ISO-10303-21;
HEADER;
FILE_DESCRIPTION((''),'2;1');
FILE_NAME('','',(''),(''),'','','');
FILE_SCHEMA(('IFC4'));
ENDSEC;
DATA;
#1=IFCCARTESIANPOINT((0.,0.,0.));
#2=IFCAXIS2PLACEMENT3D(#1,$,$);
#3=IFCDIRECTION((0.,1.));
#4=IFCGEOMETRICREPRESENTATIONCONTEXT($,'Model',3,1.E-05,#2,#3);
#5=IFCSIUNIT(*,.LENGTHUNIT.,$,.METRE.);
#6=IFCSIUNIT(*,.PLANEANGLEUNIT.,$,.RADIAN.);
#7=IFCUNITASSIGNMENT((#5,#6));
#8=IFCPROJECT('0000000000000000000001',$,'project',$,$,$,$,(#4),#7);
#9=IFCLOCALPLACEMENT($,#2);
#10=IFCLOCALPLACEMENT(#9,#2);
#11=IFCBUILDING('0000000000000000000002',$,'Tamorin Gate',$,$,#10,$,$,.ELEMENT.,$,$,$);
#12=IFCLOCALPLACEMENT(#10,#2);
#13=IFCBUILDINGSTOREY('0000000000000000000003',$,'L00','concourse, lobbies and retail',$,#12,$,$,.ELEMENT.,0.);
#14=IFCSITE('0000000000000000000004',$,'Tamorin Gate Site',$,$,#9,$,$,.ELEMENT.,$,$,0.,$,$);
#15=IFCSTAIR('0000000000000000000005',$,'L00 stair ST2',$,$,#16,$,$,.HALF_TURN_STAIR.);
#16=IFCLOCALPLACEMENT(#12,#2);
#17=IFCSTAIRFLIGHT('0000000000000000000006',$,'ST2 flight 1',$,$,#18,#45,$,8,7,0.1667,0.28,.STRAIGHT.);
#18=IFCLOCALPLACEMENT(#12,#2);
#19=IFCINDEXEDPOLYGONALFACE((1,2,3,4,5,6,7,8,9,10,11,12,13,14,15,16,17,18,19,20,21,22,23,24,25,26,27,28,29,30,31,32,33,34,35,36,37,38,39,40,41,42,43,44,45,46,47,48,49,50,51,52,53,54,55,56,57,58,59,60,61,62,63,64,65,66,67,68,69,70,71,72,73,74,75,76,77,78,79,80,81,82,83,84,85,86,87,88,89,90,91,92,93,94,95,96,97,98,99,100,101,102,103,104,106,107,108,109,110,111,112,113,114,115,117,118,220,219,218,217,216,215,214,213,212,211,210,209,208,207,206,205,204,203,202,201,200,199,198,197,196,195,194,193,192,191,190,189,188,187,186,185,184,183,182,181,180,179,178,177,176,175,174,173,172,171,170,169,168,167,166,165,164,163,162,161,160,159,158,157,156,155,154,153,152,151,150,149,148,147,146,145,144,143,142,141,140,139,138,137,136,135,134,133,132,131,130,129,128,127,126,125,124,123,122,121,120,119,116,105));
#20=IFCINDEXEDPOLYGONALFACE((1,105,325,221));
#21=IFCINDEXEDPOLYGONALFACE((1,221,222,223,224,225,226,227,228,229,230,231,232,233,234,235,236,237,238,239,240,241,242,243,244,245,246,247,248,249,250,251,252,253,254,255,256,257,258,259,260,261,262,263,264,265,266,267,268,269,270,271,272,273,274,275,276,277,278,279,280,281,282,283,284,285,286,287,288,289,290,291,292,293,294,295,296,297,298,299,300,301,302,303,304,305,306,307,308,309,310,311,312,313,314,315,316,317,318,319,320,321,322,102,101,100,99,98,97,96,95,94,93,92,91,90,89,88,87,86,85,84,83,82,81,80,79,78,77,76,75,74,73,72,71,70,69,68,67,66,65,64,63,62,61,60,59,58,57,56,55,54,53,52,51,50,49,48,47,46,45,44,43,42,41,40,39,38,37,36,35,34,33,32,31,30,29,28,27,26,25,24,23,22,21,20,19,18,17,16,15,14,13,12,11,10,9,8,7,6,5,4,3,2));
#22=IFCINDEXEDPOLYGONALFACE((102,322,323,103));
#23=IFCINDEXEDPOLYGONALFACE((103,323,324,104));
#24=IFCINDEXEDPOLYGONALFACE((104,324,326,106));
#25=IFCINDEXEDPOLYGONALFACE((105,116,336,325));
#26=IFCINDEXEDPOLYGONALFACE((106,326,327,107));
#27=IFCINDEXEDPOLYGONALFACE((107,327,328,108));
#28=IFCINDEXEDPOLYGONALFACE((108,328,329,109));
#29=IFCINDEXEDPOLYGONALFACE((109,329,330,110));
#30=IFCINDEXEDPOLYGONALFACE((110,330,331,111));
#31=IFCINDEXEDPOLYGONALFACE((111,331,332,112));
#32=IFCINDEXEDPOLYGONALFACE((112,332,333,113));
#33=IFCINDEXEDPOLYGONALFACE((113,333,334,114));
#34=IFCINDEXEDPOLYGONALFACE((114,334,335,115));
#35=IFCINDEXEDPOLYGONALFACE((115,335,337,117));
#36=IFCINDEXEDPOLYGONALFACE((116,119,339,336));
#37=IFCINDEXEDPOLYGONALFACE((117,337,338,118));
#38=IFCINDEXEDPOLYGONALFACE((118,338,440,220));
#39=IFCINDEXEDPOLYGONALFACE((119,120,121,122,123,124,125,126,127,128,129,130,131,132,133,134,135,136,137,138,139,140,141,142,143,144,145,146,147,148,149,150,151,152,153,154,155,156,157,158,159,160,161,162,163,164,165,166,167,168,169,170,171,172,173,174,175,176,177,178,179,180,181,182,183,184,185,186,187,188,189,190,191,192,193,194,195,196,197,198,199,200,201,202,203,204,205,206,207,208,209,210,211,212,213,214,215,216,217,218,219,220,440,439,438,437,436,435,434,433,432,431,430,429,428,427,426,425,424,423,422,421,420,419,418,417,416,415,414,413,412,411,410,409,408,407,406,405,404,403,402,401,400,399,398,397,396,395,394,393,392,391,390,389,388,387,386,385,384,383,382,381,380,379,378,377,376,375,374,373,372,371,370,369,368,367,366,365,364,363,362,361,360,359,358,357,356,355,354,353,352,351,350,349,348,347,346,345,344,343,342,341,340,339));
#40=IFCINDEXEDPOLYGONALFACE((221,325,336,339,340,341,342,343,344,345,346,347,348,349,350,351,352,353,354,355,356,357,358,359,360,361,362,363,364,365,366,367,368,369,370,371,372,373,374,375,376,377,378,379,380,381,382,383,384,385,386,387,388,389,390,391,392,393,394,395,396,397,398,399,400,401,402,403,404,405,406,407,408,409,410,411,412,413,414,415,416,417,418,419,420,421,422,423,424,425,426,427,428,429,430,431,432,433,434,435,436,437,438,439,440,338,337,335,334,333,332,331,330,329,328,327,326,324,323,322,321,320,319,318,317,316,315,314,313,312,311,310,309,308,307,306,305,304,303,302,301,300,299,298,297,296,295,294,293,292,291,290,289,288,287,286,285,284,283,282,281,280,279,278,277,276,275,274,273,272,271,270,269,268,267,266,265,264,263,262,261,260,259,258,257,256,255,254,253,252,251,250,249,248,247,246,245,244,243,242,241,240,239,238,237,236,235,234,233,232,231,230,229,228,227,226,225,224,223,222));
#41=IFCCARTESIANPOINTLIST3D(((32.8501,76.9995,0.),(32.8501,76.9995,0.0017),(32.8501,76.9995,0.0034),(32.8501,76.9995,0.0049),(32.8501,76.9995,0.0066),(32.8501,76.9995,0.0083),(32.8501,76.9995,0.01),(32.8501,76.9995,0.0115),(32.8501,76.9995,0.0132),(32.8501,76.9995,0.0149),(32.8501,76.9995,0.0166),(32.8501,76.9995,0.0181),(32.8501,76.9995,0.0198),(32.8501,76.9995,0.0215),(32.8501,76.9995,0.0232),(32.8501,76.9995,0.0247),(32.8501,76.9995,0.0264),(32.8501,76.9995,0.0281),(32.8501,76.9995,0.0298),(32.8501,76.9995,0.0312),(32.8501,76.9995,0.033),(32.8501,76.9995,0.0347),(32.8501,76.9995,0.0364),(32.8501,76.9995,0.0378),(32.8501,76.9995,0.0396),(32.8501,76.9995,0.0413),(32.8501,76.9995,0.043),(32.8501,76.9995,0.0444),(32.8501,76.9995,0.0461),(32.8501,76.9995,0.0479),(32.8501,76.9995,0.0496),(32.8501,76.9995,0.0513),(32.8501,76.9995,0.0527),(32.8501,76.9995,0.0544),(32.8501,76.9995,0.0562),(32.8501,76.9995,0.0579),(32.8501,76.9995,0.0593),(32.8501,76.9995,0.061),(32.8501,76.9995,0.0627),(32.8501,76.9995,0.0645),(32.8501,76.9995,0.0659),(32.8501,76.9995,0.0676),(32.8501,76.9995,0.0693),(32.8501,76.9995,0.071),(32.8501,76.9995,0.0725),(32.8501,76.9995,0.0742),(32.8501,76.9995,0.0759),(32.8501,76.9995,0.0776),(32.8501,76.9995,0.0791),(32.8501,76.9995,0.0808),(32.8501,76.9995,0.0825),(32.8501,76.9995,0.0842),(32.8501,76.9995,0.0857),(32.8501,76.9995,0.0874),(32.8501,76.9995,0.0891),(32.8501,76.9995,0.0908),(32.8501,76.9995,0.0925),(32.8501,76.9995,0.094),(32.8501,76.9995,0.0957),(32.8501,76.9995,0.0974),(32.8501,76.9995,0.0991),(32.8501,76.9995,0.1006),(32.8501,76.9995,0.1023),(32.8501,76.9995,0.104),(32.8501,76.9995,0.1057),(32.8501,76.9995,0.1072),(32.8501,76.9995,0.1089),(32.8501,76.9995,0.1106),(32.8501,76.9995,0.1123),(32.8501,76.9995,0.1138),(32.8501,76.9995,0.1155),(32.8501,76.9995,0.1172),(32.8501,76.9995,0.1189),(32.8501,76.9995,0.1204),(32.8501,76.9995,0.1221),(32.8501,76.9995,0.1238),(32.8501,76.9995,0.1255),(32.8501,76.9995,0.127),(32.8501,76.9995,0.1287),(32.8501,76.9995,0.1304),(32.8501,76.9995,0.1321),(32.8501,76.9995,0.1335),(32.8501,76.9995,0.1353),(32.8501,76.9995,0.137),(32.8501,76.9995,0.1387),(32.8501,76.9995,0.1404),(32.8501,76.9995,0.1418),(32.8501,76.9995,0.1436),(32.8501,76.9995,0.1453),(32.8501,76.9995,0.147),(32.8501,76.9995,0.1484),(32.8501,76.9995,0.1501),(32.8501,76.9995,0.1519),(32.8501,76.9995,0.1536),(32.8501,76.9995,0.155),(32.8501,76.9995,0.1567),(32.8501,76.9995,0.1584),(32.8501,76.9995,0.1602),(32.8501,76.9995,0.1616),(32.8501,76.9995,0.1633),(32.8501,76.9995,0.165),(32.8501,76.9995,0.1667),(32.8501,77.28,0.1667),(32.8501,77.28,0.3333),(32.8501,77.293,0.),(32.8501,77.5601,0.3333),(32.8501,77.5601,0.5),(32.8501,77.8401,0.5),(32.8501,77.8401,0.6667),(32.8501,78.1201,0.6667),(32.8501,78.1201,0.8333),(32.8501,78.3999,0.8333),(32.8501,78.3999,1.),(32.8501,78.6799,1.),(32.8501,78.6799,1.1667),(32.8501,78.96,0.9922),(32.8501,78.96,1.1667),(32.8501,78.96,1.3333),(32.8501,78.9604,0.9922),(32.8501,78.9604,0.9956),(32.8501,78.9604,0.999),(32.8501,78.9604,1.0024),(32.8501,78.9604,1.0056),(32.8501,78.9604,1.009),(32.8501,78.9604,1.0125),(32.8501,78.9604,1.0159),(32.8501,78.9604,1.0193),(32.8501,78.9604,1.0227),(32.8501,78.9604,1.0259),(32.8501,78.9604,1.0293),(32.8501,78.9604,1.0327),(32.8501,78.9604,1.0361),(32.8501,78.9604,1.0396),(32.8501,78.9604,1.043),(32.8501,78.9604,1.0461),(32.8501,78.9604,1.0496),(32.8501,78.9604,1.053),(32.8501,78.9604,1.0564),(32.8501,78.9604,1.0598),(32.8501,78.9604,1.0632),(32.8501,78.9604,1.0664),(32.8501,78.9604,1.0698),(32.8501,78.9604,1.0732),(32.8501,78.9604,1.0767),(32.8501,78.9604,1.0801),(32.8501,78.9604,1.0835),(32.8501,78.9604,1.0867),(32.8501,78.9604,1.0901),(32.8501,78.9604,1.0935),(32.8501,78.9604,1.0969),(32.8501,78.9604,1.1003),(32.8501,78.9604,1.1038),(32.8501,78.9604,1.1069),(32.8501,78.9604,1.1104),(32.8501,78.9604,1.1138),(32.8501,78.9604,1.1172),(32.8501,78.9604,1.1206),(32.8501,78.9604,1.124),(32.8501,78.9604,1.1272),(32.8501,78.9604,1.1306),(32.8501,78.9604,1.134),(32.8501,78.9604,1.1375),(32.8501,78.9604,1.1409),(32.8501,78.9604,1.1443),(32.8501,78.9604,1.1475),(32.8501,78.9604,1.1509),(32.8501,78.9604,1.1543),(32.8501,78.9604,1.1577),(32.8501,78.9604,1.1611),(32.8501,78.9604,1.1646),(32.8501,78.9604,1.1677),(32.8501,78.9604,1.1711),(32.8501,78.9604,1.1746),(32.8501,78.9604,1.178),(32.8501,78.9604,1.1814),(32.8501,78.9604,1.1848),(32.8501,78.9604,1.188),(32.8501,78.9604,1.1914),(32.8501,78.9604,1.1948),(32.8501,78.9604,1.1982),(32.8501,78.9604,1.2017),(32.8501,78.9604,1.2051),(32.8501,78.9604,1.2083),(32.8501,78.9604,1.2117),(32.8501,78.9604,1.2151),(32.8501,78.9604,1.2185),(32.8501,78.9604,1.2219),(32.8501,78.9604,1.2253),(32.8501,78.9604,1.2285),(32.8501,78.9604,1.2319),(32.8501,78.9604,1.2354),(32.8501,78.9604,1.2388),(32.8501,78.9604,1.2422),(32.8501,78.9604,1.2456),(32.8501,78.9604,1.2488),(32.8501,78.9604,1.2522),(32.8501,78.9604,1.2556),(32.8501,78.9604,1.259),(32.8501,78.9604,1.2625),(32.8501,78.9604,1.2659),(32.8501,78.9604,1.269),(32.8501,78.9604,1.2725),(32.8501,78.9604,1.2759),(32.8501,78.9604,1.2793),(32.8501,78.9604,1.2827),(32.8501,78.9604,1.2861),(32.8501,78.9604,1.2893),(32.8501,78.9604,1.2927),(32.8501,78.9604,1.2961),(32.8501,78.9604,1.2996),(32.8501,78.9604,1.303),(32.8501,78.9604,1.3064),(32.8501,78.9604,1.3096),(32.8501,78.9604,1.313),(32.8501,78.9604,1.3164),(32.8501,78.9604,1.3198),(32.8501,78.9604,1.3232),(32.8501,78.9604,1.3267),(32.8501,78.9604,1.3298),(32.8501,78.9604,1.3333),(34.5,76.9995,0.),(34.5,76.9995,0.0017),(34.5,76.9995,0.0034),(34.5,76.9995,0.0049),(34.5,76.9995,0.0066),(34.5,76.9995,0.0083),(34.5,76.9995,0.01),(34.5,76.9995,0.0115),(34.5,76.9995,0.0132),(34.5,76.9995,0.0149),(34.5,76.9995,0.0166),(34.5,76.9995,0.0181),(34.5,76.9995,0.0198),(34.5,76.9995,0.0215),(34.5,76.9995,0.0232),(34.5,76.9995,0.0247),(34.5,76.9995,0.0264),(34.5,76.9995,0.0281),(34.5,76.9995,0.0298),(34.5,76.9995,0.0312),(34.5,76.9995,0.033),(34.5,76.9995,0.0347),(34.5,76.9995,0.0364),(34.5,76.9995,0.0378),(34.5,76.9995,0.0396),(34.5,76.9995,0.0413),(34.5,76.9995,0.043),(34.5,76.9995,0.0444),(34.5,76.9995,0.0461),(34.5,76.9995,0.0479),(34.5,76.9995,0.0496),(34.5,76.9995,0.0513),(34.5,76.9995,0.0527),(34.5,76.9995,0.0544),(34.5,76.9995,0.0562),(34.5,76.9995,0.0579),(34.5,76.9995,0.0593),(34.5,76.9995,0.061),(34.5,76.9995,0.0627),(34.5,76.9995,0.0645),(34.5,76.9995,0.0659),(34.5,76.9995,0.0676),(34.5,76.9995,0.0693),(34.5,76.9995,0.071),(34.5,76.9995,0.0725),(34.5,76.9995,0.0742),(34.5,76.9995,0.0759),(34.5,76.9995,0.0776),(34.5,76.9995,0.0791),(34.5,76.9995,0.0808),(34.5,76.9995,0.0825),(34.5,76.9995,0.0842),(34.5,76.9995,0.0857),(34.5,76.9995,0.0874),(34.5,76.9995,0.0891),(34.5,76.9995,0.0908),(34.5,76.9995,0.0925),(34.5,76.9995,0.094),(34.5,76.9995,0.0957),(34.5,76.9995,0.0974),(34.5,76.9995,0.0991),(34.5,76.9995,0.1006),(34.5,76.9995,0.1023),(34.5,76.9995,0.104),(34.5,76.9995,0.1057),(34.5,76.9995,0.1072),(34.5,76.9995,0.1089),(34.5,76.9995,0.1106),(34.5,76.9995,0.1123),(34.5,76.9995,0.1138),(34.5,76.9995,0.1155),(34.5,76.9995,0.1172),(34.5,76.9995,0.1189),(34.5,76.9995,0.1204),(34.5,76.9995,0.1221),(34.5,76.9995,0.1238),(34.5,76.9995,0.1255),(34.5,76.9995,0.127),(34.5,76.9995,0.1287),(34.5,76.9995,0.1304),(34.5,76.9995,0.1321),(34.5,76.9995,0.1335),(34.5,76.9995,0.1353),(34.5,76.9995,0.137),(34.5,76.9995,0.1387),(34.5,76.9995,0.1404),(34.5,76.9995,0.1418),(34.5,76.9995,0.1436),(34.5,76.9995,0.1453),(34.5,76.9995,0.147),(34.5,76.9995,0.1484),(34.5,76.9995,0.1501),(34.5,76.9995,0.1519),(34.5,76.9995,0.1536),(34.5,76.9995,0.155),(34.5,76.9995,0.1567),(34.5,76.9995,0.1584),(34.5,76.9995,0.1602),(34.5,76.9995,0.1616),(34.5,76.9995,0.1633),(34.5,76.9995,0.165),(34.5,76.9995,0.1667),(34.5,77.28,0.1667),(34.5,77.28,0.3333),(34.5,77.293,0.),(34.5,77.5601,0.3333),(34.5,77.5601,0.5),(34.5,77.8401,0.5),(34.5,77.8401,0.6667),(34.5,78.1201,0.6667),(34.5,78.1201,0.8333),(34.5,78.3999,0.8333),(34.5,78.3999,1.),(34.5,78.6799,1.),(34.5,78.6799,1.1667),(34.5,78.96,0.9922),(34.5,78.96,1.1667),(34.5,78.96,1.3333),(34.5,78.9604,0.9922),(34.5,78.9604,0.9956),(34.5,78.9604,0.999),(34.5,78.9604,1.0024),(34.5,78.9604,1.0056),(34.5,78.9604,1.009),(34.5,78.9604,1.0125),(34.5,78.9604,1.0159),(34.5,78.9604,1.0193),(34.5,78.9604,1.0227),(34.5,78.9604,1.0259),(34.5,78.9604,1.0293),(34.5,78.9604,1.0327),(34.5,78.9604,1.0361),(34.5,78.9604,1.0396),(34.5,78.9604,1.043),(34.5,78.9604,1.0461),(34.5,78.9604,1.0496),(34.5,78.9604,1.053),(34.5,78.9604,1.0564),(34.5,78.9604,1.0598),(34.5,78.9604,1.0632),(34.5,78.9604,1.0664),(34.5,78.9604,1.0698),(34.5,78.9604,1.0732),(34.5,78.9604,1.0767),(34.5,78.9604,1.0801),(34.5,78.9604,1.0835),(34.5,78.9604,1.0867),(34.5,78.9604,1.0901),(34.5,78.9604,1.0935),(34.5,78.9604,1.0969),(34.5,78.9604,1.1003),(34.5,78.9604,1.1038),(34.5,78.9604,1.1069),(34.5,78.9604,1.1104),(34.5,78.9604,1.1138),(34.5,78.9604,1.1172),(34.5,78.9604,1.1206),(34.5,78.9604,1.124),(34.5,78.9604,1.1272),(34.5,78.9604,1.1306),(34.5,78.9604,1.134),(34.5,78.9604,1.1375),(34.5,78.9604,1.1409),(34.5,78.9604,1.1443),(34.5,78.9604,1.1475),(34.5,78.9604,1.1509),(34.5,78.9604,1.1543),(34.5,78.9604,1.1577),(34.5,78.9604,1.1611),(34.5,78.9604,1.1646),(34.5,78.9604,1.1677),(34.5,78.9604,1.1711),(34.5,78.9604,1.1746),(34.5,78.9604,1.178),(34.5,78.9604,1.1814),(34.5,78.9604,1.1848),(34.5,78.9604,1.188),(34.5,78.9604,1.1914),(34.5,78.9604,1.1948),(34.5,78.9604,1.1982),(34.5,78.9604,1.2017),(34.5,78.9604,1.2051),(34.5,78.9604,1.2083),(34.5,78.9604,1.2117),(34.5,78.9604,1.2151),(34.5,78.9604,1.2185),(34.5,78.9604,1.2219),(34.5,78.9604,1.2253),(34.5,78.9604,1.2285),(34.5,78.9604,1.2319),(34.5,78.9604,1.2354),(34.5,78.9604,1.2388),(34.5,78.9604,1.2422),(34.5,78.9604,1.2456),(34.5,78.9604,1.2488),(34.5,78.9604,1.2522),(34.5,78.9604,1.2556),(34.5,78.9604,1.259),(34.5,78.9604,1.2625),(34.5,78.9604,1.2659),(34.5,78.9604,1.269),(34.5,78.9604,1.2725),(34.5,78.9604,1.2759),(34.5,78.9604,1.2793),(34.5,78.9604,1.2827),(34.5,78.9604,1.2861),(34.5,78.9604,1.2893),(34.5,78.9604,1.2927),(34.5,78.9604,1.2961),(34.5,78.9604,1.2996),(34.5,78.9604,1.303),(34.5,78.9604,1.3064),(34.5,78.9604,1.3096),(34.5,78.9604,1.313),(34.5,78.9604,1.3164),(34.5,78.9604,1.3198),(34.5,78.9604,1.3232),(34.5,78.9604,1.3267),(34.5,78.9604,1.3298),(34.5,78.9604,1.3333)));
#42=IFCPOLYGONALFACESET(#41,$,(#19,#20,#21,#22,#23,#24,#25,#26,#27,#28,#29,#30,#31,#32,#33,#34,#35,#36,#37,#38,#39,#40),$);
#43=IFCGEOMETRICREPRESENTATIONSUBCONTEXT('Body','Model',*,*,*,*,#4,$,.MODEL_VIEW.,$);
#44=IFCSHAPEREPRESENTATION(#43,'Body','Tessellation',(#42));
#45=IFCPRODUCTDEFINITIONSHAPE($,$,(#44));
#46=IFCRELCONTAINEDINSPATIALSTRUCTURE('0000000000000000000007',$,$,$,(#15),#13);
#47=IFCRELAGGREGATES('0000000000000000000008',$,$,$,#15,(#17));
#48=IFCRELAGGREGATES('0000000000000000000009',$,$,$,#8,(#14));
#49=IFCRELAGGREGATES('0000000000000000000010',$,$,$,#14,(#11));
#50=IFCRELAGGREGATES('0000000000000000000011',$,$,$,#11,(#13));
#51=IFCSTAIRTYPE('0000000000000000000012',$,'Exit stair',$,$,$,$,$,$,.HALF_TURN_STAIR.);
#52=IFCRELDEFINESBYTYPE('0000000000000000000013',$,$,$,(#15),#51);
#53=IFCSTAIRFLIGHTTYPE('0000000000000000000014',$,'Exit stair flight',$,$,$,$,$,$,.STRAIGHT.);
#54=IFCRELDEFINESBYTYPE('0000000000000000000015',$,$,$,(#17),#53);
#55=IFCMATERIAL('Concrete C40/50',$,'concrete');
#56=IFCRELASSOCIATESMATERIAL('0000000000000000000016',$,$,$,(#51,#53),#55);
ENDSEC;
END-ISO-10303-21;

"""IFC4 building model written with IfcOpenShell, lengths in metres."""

from ifc_helpers import new_model, si_unit, direction, frame, origin, place, context, subcontext, project, spatial, polyline, outline, extrude, material, type_object, element, aggregate, save


model = new_model("IFC4")

# Units and contexts
model_context = context("Model", 3, precision=1e-05, world=origin(), true_north=direction((0.0, 1.0)))
body_context = subcontext(model_context, "Body", "Model", "MODEL_VIEW")
ifc_project = project(units=[si_unit("LENGTHUNIT", "METRE"), si_unit("PLANEANGLEUNIT", "RADIAN")], contexts=[model_context])

# Site, building, storey
site_placement = place(None, origin())
site = spatial("IfcSite", under=ifc_project, at=site_placement, Name="Tamorin Gate Site", CompositionType="ELEMENT", RefElevation=0.0)
building_placement = place(site_placement, origin())
building = spatial("IfcBuilding", under=site, at=building_placement, Name="Tamorin Gate", CompositionType="ELEMENT")
storey_placement = place(building_placement, origin())
storey = spatial("IfcBuildingStorey", under=building, at=storey_placement, Name="L00", Description="concourse, lobbies and retail", CompositionType="ELEMENT", Elevation=0.0)

# Shared definitions
ifc_material_1 = material(Name="Concrete C40/50", Category="concrete")

# Stair, stair flight
stair_type = type_object("IfcStairType", Name="Exit stair", PredefinedType="HALF_TURN_STAIR", material=ifc_material_1)
stair_placement = place(storey_placement, origin())
stair = element("IfcStair", 1, at=stair_placement, inside=storey, type_object=stair_type, Name="L00 stair ST2", PredefinedType="HALF_TURN_STAIR")
stair_flight_type = type_object("IfcStairFlightType", Name="Exit stair flight", PredefinedType="STRAIGHT", material=ifc_material_1)
stair_flight_1_placement = place(storey_placement, frame((33.675, 77.0, 0.0), z_axis=(0.0, 0.0, 1.0), x_axis=(0.0, 1.0, 0.0)))
stair_flight_1 = element("IfcStairFlight", 2, at=stair_flight_1_placement, type_object=stair_flight_type, Name="ST2 flight 1", NumberOfRisers=8, NumberOfTreads=7, PredefinedType="STRAIGHT", RiserHeight=0.1667, TreadLength=0.28, context=body_context, shape_type="SweptSolid", body=[
    extrude(outline(polyline([(-0.0005, 0.0), (-0.0005, 0.0017), (-0.0005, 0.0034), (-0.0005, 0.0049), (-0.0005, 0.0066), (-0.0005, 0.0083), (-0.0005, 0.01), (-0.0005, 0.0115), (-0.0005, 0.0132), (-0.0005, 0.0149), (-0.0005, 0.0166), (-0.0005, 0.0181), (-0.0005, 0.0198), (-0.0005, 0.0215), (-0.0005, 0.0232), (-0.0005, 0.0247), (-0.0005, 0.0264), (-0.0005, 0.0281), (-0.0005, 0.0298), (-0.0005, 0.0312), (-0.0005, 0.033), (-0.0005, 0.0347), (-0.0005, 0.0364), (-0.0005, 0.0378), (-0.0005, 0.0396), (-0.0005, 0.0413), (-0.0005, 0.043), (-0.0005, 0.0444), (-0.0005, 0.0461), (-0.0005, 0.0479), (-0.0005, 0.0496), (-0.0005, 0.0513), (-0.0005, 0.0527), (-0.0005, 0.0544), (-0.0005, 0.0562), (-0.0005, 0.0579), (-0.0005, 0.0593), (-0.0005, 0.061), (-0.0005, 0.0627), (-0.0005, 0.0645), (-0.0005, 0.0659), (-0.0005, 0.0676), (-0.0005, 0.0693), (-0.0005, 0.071), (-0.0005, 0.0725), (-0.0005, 0.0742), (-0.0005, 0.0759), (-0.0005, 0.0776), (-0.0005, 0.0791), (-0.0005, 0.0808), (-0.0005, 0.0825), (-0.0005, 0.0842), (-0.0005, 0.0857), (-0.0005, 0.0874), (-0.0005, 0.0891), (-0.0005, 0.0908), (-0.0005, 0.0925), (-0.0005, 0.094), (-0.0005, 0.0957), (-0.0005, 0.0974), (-0.0005, 0.0991), (-0.0005, 0.1006), (-0.0005, 0.1023), (-0.0005, 0.104), (-0.0005, 0.1057), (-0.0005, 0.1072), (-0.0005, 0.1089), (-0.0005, 0.1106), (-0.0005, 0.1123), (-0.0005, 0.1138), (-0.0005, 0.1155), (-0.0005, 0.1172), (-0.0005, 0.1189), (-0.0005, 0.1204), (-0.0005, 0.1221), (-0.0005, 0.1238), (-0.0005, 0.1255), (-0.0005, 0.127), (-0.0005, 0.1287), (-0.0005, 0.1304), (-0.0005, 0.1321), (-0.0005, 0.1335), (-0.0005, 0.1353), (-0.0005, 0.137), (-0.0005, 0.1387), (-0.0005, 0.1404), (-0.0005, 0.1418), (-0.0005, 0.1436), (-0.0005, 0.1453), (-0.0005, 0.147), (-0.0005, 0.1484), (-0.0005, 0.1501), (-0.0005, 0.1519), (-0.0005, 0.1536), (-0.0005, 0.155), (-0.0005, 0.1567), (-0.0005, 0.1584), (-0.0005, 0.1602), (-0.0005, 0.1616), (-0.0005, 0.1633), (-0.0005, 0.165), (-0.0005, 0.1667), (0.28, 0.1667), (0.28, 0.3333), (0.5601, 0.3333), (0.5601, 0.5), (0.8401, 0.5), (0.8401, 0.6667), (1.1201, 0.6667), (1.1201, 0.8333), (1.3999, 0.8333), (1.3999, 1.0), (1.6799, 1.0), (1.6799, 1.1667), (1.96, 1.1667), (1.96, 1.3333), (1.9604, 1.3333), (1.9604, 1.3298), (1.9604, 1.3267), (1.9604, 1.3232), (1.9604, 1.3198), (1.9604, 1.3164), (1.9604, 1.313), (1.9604, 1.3096), (1.9604, 1.3064), (1.9604, 1.303), (1.9604, 1.2996), (1.9604, 1.2961), (1.9604, 1.2927), (1.9604, 1.2893), (1.9604, 1.2861), (1.9604, 1.2827), (1.9604, 1.2793), (1.9604, 1.2759), (1.9604, 1.2725), (1.9604, 1.269), (1.9604, 1.2659), (1.9604, 1.2625), (1.9604, 1.259), (1.9604, 1.2556), (1.9604, 1.2522), (1.9604, 1.2488), (1.9604, 1.2456), (1.9604, 1.2422), (1.9604, 1.2388), (1.9604, 1.2354), (1.9604, 1.2319), (1.9604, 1.2285), (1.9604, 1.2253), (1.9604, 1.2219), (1.9604, 1.2185), (1.9604, 1.2151), (1.9604, 1.2117), (1.9604, 1.2083), (1.9604, 1.2051), (1.9604, 1.2017), (1.9604, 1.1982), (1.9604, 1.1948), (1.9604, 1.1914), (1.9604, 1.188), (1.9604, 1.1848), (1.9604, 1.1814), (1.9604, 1.178), (1.9604, 1.1746), (1.9604, 1.1711), (1.9604, 1.1677), (1.9604, 1.1646), (1.9604, 1.1611), (1.9604, 1.1577), (1.9604, 1.1543), (1.9604, 1.1509), (1.9604, 1.1475), (1.9604, 1.1443), (1.9604, 1.1409), (1.9604, 1.1375), (1.9604, 1.134), (1.9604, 1.1306), (1.9604, 1.1272), (1.9604, 1.124), (1.9604, 1.1206), (1.9604, 1.1172), (1.9604, 1.1138), (1.9604, 1.1104), (1.9604, 1.1069), (1.9604, 1.1038), (1.9604, 1.1003), (1.9604, 1.0969), (1.9604, 1.0935), (1.9604, 1.0901), (1.9604, 1.0867), (1.9604, 1.0835), (1.9604, 1.0801), (1.9604, 1.0767), (1.9604, 1.0732), (1.9604, 1.0698), (1.9604, 1.0664), (1.9604, 1.0632), (1.9604, 1.0598), (1.9604, 1.0564), (1.9604, 1.053), (1.9604, 1.0496), (1.9604, 1.0461), (1.9604, 1.043), (1.9604, 1.0396), (1.9604, 1.0361), (1.9604, 1.0327), (1.9604, 1.0293), (1.9604, 1.0259), (1.9604, 1.0227), (1.9604, 1.0193), (1.9604, 1.0159), (1.9604, 1.0125), (1.9604, 1.009), (1.9604, 1.0056), (1.9604, 1.0024), (1.9604, 0.999), (1.9604, 0.9956), (1.9604, 0.9922), (1.96, 0.9922), (0.293, 0.0), (-0.0005, 0.0)])), frame((0.0, 0.825, 0.0), z_axis=(0.0, -1.0, 0.0), x_axis=(1.0, 0.0, 0.0)), (0.0, 0.0, 1.0), 1.6499),
])
aggregate(stair, [stair_flight_1])

save(model, "model.ifc")
